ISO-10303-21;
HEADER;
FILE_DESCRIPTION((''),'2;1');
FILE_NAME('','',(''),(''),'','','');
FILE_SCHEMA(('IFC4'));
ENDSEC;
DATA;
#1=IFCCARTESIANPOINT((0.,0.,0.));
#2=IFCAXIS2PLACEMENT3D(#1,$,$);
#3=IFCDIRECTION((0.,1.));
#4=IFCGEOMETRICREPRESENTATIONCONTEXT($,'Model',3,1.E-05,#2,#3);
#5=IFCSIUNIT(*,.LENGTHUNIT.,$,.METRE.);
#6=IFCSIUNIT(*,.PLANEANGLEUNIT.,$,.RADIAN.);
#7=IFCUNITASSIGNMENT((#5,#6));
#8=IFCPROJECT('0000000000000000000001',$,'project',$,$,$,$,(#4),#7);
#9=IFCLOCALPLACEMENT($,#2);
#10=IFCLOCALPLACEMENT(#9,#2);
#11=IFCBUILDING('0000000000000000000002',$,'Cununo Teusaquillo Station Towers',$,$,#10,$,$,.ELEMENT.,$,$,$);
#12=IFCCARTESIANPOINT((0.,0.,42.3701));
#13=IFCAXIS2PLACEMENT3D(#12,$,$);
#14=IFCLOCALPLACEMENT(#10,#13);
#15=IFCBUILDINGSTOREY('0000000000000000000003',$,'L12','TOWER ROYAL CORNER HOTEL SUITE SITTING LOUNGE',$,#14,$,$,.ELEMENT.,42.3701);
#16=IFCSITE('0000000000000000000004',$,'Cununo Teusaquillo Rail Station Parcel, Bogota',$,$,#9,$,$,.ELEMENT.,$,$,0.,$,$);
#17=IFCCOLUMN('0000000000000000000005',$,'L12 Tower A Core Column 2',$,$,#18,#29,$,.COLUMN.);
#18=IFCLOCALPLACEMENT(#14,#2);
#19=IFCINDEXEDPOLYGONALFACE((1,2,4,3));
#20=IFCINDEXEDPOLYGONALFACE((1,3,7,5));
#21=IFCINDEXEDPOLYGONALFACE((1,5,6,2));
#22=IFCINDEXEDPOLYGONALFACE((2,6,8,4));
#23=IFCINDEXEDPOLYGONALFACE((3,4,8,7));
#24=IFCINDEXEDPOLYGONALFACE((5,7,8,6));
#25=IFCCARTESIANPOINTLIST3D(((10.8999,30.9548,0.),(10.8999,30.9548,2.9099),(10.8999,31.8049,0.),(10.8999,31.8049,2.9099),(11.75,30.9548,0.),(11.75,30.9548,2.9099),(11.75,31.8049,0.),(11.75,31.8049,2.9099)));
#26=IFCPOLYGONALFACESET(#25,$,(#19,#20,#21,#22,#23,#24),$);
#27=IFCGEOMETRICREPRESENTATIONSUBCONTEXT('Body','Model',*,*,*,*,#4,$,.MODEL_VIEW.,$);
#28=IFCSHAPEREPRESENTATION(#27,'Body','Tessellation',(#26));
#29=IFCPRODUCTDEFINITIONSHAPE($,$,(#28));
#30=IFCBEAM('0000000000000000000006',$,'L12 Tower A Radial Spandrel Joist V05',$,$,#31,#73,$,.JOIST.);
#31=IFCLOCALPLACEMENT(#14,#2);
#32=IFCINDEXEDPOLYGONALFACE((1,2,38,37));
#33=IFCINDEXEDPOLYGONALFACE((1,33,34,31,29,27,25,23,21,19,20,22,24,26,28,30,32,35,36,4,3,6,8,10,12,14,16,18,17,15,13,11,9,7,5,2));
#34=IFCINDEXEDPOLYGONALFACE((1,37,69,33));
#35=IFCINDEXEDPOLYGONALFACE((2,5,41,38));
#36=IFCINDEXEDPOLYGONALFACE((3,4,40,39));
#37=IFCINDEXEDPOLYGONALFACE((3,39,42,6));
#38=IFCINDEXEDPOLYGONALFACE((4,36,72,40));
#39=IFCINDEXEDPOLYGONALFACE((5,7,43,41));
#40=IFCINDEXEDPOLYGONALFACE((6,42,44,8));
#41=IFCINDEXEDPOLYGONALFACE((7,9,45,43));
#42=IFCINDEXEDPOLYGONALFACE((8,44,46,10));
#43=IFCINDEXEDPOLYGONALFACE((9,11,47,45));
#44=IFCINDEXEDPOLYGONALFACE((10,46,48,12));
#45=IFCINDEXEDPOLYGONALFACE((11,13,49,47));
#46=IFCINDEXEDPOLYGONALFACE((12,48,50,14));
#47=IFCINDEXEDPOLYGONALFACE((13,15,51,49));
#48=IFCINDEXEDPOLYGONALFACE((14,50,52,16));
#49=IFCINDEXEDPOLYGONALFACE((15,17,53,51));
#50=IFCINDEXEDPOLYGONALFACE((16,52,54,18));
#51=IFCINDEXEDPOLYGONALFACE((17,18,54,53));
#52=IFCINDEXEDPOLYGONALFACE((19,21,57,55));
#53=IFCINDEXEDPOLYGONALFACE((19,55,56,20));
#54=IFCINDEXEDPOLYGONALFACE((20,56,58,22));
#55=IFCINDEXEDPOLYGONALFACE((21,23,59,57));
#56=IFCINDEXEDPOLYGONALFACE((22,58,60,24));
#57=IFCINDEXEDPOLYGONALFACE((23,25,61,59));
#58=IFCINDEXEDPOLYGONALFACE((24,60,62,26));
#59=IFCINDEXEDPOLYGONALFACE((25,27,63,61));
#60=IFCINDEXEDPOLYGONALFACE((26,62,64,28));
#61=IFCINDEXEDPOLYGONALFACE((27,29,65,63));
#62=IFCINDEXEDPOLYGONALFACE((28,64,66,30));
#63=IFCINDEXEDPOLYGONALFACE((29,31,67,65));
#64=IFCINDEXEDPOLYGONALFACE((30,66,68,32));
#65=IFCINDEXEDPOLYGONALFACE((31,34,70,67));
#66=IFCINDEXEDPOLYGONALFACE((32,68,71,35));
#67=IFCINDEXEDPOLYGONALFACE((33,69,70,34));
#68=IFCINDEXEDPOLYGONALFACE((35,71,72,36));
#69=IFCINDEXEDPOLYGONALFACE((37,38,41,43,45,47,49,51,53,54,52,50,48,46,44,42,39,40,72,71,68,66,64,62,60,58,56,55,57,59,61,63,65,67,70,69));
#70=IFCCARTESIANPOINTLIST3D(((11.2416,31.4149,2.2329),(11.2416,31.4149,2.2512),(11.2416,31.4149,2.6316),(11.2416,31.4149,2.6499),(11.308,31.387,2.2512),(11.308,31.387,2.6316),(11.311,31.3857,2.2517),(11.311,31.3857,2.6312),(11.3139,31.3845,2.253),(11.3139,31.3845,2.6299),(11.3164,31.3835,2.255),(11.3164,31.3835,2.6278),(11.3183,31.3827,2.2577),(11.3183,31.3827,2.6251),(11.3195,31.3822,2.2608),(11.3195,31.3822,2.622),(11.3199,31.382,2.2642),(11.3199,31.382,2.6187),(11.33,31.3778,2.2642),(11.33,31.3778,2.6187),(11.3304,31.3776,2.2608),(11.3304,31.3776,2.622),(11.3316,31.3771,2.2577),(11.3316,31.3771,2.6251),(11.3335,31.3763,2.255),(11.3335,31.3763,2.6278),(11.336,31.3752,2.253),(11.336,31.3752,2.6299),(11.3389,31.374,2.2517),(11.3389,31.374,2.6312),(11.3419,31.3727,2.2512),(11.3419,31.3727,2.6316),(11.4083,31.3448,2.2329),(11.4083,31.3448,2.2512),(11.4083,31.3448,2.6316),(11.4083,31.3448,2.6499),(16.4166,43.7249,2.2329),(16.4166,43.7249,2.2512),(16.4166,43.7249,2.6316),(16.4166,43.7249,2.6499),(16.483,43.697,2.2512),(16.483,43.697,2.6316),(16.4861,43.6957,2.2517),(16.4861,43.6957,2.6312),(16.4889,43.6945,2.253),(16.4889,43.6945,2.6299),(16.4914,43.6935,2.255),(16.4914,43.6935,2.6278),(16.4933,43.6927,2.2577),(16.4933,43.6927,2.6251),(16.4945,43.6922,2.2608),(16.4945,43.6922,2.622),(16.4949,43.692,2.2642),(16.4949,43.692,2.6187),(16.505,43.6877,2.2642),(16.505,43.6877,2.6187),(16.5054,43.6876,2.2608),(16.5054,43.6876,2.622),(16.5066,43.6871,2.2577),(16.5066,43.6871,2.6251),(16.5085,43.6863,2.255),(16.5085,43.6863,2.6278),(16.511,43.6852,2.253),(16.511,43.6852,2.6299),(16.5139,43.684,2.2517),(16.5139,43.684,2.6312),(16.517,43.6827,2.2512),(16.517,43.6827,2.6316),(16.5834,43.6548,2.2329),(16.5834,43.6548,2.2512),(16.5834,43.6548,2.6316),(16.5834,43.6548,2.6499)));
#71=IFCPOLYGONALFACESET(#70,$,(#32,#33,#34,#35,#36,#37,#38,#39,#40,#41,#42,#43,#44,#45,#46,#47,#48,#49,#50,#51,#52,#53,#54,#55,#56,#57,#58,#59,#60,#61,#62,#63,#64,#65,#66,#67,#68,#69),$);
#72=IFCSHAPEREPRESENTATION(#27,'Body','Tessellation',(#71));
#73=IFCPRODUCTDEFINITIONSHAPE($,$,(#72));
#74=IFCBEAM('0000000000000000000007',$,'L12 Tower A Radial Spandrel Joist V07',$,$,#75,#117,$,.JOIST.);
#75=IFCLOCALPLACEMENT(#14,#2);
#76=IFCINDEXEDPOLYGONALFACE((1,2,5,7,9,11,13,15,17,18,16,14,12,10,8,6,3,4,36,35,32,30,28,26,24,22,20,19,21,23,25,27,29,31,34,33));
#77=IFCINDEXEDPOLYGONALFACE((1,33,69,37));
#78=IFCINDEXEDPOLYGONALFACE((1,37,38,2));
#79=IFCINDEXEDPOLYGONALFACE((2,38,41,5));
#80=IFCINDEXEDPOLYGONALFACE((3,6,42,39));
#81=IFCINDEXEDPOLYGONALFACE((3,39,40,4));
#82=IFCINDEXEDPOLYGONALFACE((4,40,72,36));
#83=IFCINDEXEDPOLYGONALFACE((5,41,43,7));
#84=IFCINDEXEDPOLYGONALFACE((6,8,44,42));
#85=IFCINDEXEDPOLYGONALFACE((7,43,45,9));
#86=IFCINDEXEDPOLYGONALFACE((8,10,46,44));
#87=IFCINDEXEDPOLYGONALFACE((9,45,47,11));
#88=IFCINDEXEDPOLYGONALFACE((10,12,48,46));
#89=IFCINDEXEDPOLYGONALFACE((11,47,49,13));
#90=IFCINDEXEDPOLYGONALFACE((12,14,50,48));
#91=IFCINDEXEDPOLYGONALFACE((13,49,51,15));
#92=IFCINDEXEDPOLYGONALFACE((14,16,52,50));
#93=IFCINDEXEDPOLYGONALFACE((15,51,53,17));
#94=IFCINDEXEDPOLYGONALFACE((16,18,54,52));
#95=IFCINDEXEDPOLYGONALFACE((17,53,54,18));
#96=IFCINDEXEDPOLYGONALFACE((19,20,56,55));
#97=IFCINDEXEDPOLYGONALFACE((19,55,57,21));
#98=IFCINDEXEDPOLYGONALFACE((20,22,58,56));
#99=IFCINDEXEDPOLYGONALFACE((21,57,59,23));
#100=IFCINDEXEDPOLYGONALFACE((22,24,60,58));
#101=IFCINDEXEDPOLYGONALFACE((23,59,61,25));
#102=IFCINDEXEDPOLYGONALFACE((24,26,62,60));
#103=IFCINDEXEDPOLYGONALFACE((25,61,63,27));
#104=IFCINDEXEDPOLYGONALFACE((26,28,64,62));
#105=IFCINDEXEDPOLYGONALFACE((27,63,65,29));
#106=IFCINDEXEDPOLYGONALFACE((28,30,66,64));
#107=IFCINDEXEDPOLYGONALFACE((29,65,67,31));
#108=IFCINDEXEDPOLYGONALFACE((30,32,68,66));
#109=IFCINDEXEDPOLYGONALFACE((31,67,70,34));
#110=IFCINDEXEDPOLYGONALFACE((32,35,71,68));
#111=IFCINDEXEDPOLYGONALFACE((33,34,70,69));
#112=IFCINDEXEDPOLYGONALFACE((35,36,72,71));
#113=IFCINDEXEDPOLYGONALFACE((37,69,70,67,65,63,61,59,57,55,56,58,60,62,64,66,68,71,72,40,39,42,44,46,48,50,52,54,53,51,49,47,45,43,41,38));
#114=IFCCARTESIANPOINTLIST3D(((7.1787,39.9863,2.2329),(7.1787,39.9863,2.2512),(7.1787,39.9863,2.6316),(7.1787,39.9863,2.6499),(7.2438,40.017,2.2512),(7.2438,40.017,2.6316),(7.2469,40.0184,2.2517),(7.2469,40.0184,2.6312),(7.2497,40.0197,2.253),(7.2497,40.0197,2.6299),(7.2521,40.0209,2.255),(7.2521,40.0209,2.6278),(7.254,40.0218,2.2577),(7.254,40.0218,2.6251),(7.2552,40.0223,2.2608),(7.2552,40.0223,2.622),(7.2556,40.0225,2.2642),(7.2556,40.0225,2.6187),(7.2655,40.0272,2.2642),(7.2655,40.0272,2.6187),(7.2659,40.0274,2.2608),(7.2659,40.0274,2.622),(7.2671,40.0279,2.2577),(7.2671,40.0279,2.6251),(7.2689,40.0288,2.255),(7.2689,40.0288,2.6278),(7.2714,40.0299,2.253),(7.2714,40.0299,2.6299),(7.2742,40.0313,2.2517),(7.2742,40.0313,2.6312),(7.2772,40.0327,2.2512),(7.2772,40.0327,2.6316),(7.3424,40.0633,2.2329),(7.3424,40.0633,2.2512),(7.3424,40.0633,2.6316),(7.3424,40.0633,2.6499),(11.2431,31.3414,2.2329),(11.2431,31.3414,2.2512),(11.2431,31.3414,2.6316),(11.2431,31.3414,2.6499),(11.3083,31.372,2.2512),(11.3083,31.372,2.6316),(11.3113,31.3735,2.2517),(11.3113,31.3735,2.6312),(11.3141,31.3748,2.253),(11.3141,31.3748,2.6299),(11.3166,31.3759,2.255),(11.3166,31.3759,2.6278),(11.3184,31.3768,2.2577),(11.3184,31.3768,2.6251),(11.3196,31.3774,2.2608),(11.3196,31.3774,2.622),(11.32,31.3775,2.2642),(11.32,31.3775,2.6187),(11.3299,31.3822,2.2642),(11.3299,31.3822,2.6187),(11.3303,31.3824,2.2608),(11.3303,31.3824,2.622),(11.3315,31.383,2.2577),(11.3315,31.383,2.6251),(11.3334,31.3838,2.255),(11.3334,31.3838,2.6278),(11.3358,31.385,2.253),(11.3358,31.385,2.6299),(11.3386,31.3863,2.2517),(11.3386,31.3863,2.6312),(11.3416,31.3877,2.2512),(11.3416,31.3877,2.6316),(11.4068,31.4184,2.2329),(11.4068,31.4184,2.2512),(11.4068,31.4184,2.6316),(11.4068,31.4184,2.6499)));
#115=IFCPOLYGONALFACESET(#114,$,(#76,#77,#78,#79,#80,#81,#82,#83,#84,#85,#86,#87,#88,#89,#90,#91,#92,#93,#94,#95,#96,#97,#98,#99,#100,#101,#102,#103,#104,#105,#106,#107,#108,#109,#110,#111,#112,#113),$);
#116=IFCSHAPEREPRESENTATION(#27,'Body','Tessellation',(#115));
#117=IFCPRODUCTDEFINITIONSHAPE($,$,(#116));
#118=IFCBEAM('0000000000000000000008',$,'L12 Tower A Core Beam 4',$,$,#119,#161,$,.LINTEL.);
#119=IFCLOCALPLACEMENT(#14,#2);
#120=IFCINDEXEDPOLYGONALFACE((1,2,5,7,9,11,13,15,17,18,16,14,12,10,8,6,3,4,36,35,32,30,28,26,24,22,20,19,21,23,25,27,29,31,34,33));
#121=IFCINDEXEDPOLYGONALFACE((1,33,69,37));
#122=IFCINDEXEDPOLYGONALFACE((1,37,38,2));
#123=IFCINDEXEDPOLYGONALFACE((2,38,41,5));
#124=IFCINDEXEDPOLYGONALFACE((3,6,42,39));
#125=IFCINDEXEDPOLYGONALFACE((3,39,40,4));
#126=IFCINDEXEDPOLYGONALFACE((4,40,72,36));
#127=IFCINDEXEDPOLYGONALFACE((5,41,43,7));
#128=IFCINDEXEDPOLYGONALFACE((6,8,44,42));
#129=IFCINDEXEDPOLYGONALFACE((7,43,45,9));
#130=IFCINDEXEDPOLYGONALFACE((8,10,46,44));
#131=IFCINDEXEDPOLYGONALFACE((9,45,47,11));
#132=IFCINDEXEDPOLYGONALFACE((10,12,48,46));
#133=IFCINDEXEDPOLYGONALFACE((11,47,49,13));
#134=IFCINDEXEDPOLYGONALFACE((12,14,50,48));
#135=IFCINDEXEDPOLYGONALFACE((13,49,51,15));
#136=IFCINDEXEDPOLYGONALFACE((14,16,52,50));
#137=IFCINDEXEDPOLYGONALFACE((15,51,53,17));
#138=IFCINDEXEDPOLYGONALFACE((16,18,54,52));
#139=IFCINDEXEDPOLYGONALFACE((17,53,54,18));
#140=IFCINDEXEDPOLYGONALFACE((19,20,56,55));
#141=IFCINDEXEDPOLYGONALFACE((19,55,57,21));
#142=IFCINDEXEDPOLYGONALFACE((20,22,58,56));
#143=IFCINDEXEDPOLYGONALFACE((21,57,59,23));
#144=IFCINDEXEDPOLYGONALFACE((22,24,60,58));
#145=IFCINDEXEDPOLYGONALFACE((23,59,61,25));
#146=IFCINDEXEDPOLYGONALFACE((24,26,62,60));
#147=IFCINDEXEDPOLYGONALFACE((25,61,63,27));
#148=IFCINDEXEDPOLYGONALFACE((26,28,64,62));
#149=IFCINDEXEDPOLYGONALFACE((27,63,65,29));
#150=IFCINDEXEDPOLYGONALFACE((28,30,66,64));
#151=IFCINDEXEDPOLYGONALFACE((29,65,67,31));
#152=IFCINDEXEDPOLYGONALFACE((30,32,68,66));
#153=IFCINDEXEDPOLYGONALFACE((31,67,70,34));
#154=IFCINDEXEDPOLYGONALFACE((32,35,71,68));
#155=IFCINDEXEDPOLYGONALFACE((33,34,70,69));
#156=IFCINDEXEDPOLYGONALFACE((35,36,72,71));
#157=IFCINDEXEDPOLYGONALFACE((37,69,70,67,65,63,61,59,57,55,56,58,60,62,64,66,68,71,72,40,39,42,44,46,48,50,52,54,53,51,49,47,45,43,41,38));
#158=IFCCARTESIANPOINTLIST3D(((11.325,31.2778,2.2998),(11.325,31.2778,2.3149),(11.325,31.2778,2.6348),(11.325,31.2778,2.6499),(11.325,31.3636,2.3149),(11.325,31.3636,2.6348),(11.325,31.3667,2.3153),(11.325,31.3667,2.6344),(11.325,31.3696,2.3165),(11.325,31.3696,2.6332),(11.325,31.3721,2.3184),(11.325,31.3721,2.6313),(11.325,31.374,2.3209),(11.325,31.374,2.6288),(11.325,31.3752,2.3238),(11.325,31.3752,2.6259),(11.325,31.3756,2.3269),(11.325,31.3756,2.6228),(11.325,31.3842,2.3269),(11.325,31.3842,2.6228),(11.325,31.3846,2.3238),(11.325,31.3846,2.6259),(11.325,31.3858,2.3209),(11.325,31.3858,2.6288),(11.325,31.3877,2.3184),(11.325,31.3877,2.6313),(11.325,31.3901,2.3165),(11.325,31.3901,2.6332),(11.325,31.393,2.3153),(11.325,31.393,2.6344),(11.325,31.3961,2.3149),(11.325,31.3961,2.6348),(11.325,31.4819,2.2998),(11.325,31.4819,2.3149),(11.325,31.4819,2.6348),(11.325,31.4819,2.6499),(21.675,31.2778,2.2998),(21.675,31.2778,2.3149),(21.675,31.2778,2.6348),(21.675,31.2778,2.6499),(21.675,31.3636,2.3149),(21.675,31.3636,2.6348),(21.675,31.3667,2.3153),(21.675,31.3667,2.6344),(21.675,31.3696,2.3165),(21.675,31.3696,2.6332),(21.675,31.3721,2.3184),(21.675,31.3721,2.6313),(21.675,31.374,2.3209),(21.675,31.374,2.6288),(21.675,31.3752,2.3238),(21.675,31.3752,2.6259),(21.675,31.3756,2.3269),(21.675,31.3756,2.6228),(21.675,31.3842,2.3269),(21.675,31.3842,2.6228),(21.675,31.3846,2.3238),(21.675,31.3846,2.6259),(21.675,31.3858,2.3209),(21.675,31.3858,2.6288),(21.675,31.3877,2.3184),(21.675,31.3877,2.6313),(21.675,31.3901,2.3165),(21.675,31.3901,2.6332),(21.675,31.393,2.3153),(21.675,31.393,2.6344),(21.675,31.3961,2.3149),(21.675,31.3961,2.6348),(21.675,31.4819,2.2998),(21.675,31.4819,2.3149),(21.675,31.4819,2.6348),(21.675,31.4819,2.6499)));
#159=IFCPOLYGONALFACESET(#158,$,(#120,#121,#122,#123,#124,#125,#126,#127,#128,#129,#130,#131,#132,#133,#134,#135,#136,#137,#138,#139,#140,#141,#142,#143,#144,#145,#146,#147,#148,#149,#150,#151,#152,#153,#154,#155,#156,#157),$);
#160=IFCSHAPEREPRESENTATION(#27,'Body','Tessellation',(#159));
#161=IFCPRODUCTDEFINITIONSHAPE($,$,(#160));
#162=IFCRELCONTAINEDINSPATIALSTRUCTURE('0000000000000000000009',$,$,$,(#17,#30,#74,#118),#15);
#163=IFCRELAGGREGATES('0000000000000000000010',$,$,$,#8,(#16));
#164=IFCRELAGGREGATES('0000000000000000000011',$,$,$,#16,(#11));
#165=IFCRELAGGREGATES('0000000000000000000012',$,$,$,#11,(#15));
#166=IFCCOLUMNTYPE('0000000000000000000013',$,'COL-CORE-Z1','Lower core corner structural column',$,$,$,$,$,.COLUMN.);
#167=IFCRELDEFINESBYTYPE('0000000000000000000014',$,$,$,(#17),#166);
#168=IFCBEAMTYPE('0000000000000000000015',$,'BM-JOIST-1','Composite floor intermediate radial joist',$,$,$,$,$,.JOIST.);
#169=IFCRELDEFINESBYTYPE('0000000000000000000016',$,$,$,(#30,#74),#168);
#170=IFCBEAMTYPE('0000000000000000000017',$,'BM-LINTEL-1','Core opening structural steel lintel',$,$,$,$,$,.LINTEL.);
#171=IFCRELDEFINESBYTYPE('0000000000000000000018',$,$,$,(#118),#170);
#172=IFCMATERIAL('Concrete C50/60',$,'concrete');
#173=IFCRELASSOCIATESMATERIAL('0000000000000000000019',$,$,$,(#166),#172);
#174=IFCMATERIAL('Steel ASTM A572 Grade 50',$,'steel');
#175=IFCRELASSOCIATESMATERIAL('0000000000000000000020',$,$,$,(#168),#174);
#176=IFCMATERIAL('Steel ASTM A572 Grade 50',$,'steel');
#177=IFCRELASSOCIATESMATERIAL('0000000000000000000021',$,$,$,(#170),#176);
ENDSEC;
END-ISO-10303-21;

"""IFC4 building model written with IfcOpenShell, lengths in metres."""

from ifc_helpers import new_model, si_unit, direction, frame, origin, origin_2d, place, context, subcontext, project, spatial, rectangle, i_section, extrude, material, material_profile, profile_set, type_object, element, save


model = new_model("IFC4")

# Units and contexts
model_context = context("Model", 3, precision=1e-05, world=origin(), true_north=direction((0.0, 1.0)))
body_context = subcontext(model_context, "Body", "Model", "MODEL_VIEW")
ifc_project = project(units=[si_unit("LENGTHUNIT", "METRE"), si_unit("PLANEANGLEUNIT", "RADIAN")], contexts=[model_context])

# Site, building, storey
site_placement = place(None, origin())
site = spatial("IfcSite", under=ifc_project, at=site_placement, Name="Cununo Teusaquillo Rail Station Parcel, Bogota", CompositionType="ELEMENT", RefElevation=0.0)
building_placement = place(site_placement, origin())
building = spatial("IfcBuilding", under=site, at=building_placement, Name="Cununo Teusaquillo Station Towers", CompositionType="ELEMENT")
storey_placement = place(building_placement, frame((0.0, 0.0, 42.3701)))
storey = spatial("IfcBuildingStorey", under=building, at=storey_placement, Name="L12", Description="TOWER ROYAL CORNER HOTEL SUITE SITTING LOUNGE", CompositionType="ELEMENT", Elevation=42.3701)

# Column
ifc_material_1 = material(Name="Concrete C50/60", Category="concrete")
ifc_material_profile_1 = material_profile(ifc_material_1, rectangle(XDim=0.8501, YDim=0.8501, at=origin_2d()), Name="RC-RECT-850x850")
ifc_profile_set_1 = profile_set([ifc_material_profile_1], Name="Concrete C50/60")
column_type = type_object("IfcColumnType", Name="COL-CORE-Z1", Description="Lower core corner structural column", PredefinedType="COLUMN", material=ifc_profile_set_1)
column_placement = place(storey_placement, frame((11.325, 31.3799, 0.0), z_axis=(0.0, 0.0, 1.0), x_axis=(1.0, 0.0, 0.0)))
element("IfcColumn", 1, at=column_placement, inside=storey, type_object=column_type, Name="L12 Tower A Core Column 2", PredefinedType="COLUMN", context=body_context, shape_type="SweptSolid", body=[
    extrude(rectangle(XDim=0.8501, YDim=0.8501, at=origin_2d()), origin(), (0.0, 0.0, 1.0), 2.9099),
])

# Beams
ifc_material_2 = material(Name="Steel ASTM A572 Grade 50", Category="steel")
ifc_material_profile_2 = material_profile(ifc_material_2, i_section(OverallWidth=0.1809, OverallDepth=0.417, WebThickness=0.011, FlangeThickness=0.0183, FilletRadius=0.0129, at=origin_2d()), Name="W16X57")
ifc_profile_set_2 = profile_set([ifc_material_profile_2], Name="Steel ASTM A572 Grade 50")
beam_type_1 = type_object("IfcBeamType", Name="BM-JOIST-1", Description="Composite floor intermediate radial joist", PredefinedType="JOIST", material=ifc_profile_set_2)
beam_1_placement = place(storey_placement, frame((11.325, 31.3799, 2.4414), z_axis=(0.38754, 0.921853, 0.0), x_axis=(-0.921853, 0.38754, 0.0)))
element("IfcBeam", 2, at=beam_1_placement, inside=storey, type_object=beam_type_1, Name="L12 Tower A Radial Spandrel Joist V05", PredefinedType="JOIST", context=body_context, shape_type="SweptSolid", body=[
    extrude(i_section(OverallWidth=0.1809, OverallDepth=0.417, WebThickness=0.011, FlangeThickness=0.0183, FilletRadius=0.0129, at=origin_2d()), origin(), (0.0, 0.0, 1.0), 13.3535),
])
beam_2_placement = place(storey_placement, frame((11.325, 31.3799, 2.4414), z_axis=(-0.425472, 0.904972, 0.0), x_axis=(-0.904972, -0.425472, 0.0)))
element("IfcBeam", 3, at=beam_2_placement, inside=storey, type_object=beam_type_1, Name="L12 Tower A Radial Spandrel Joist V07", PredefinedType="JOIST", context=body_context, shape_type="SweptSolid", body=[
    extrude(i_section(OverallWidth=0.1809, OverallDepth=0.417, WebThickness=0.011, FlangeThickness=0.0183, FilletRadius=0.0129, at=origin_2d()), origin(), (0.0, 0.0, 1.0), 9.5527),
])
ifc_material_3 = material(Name="Steel ASTM A572 Grade 50", Category="steel")
ifc_material_profile_3 = material_profile(ifc_material_3, i_section(OverallWidth=0.2041, OverallDepth=0.3501, WebThickness=0.0085, FlangeThickness=0.0151, FilletRadius=0.012, at=origin_2d()), Name="W14X48")
ifc_profile_set_3 = profile_set([ifc_material_profile_3], Name="Steel ASTM A572 Grade 50")
beam_type_2 = type_object("IfcBeamType", Name="BM-LINTEL-1", Description="Core opening structural steel lintel", PredefinedType="LINTEL", material=ifc_profile_set_3)
beam_3_placement = place(storey_placement, frame((11.325, 31.3799, 2.4749), z_axis=(1.0, 0.0, 0.0), x_axis=(0.0, 1.0, 0.0)))
element("IfcBeam", 4, at=beam_3_placement, inside=storey, type_object=beam_type_2, Name="L12 Tower A Core Beam 4", PredefinedType="LINTEL", context=body_context, shape_type="SweptSolid", body=[
    extrude(i_section(OverallWidth=0.2041, OverallDepth=0.3501, WebThickness=0.0085, FlangeThickness=0.0151, FilletRadius=0.012, at=origin_2d()), origin(), (0.0, 0.0, 1.0), 10.3501),
])

save(model, "model.ifc")
